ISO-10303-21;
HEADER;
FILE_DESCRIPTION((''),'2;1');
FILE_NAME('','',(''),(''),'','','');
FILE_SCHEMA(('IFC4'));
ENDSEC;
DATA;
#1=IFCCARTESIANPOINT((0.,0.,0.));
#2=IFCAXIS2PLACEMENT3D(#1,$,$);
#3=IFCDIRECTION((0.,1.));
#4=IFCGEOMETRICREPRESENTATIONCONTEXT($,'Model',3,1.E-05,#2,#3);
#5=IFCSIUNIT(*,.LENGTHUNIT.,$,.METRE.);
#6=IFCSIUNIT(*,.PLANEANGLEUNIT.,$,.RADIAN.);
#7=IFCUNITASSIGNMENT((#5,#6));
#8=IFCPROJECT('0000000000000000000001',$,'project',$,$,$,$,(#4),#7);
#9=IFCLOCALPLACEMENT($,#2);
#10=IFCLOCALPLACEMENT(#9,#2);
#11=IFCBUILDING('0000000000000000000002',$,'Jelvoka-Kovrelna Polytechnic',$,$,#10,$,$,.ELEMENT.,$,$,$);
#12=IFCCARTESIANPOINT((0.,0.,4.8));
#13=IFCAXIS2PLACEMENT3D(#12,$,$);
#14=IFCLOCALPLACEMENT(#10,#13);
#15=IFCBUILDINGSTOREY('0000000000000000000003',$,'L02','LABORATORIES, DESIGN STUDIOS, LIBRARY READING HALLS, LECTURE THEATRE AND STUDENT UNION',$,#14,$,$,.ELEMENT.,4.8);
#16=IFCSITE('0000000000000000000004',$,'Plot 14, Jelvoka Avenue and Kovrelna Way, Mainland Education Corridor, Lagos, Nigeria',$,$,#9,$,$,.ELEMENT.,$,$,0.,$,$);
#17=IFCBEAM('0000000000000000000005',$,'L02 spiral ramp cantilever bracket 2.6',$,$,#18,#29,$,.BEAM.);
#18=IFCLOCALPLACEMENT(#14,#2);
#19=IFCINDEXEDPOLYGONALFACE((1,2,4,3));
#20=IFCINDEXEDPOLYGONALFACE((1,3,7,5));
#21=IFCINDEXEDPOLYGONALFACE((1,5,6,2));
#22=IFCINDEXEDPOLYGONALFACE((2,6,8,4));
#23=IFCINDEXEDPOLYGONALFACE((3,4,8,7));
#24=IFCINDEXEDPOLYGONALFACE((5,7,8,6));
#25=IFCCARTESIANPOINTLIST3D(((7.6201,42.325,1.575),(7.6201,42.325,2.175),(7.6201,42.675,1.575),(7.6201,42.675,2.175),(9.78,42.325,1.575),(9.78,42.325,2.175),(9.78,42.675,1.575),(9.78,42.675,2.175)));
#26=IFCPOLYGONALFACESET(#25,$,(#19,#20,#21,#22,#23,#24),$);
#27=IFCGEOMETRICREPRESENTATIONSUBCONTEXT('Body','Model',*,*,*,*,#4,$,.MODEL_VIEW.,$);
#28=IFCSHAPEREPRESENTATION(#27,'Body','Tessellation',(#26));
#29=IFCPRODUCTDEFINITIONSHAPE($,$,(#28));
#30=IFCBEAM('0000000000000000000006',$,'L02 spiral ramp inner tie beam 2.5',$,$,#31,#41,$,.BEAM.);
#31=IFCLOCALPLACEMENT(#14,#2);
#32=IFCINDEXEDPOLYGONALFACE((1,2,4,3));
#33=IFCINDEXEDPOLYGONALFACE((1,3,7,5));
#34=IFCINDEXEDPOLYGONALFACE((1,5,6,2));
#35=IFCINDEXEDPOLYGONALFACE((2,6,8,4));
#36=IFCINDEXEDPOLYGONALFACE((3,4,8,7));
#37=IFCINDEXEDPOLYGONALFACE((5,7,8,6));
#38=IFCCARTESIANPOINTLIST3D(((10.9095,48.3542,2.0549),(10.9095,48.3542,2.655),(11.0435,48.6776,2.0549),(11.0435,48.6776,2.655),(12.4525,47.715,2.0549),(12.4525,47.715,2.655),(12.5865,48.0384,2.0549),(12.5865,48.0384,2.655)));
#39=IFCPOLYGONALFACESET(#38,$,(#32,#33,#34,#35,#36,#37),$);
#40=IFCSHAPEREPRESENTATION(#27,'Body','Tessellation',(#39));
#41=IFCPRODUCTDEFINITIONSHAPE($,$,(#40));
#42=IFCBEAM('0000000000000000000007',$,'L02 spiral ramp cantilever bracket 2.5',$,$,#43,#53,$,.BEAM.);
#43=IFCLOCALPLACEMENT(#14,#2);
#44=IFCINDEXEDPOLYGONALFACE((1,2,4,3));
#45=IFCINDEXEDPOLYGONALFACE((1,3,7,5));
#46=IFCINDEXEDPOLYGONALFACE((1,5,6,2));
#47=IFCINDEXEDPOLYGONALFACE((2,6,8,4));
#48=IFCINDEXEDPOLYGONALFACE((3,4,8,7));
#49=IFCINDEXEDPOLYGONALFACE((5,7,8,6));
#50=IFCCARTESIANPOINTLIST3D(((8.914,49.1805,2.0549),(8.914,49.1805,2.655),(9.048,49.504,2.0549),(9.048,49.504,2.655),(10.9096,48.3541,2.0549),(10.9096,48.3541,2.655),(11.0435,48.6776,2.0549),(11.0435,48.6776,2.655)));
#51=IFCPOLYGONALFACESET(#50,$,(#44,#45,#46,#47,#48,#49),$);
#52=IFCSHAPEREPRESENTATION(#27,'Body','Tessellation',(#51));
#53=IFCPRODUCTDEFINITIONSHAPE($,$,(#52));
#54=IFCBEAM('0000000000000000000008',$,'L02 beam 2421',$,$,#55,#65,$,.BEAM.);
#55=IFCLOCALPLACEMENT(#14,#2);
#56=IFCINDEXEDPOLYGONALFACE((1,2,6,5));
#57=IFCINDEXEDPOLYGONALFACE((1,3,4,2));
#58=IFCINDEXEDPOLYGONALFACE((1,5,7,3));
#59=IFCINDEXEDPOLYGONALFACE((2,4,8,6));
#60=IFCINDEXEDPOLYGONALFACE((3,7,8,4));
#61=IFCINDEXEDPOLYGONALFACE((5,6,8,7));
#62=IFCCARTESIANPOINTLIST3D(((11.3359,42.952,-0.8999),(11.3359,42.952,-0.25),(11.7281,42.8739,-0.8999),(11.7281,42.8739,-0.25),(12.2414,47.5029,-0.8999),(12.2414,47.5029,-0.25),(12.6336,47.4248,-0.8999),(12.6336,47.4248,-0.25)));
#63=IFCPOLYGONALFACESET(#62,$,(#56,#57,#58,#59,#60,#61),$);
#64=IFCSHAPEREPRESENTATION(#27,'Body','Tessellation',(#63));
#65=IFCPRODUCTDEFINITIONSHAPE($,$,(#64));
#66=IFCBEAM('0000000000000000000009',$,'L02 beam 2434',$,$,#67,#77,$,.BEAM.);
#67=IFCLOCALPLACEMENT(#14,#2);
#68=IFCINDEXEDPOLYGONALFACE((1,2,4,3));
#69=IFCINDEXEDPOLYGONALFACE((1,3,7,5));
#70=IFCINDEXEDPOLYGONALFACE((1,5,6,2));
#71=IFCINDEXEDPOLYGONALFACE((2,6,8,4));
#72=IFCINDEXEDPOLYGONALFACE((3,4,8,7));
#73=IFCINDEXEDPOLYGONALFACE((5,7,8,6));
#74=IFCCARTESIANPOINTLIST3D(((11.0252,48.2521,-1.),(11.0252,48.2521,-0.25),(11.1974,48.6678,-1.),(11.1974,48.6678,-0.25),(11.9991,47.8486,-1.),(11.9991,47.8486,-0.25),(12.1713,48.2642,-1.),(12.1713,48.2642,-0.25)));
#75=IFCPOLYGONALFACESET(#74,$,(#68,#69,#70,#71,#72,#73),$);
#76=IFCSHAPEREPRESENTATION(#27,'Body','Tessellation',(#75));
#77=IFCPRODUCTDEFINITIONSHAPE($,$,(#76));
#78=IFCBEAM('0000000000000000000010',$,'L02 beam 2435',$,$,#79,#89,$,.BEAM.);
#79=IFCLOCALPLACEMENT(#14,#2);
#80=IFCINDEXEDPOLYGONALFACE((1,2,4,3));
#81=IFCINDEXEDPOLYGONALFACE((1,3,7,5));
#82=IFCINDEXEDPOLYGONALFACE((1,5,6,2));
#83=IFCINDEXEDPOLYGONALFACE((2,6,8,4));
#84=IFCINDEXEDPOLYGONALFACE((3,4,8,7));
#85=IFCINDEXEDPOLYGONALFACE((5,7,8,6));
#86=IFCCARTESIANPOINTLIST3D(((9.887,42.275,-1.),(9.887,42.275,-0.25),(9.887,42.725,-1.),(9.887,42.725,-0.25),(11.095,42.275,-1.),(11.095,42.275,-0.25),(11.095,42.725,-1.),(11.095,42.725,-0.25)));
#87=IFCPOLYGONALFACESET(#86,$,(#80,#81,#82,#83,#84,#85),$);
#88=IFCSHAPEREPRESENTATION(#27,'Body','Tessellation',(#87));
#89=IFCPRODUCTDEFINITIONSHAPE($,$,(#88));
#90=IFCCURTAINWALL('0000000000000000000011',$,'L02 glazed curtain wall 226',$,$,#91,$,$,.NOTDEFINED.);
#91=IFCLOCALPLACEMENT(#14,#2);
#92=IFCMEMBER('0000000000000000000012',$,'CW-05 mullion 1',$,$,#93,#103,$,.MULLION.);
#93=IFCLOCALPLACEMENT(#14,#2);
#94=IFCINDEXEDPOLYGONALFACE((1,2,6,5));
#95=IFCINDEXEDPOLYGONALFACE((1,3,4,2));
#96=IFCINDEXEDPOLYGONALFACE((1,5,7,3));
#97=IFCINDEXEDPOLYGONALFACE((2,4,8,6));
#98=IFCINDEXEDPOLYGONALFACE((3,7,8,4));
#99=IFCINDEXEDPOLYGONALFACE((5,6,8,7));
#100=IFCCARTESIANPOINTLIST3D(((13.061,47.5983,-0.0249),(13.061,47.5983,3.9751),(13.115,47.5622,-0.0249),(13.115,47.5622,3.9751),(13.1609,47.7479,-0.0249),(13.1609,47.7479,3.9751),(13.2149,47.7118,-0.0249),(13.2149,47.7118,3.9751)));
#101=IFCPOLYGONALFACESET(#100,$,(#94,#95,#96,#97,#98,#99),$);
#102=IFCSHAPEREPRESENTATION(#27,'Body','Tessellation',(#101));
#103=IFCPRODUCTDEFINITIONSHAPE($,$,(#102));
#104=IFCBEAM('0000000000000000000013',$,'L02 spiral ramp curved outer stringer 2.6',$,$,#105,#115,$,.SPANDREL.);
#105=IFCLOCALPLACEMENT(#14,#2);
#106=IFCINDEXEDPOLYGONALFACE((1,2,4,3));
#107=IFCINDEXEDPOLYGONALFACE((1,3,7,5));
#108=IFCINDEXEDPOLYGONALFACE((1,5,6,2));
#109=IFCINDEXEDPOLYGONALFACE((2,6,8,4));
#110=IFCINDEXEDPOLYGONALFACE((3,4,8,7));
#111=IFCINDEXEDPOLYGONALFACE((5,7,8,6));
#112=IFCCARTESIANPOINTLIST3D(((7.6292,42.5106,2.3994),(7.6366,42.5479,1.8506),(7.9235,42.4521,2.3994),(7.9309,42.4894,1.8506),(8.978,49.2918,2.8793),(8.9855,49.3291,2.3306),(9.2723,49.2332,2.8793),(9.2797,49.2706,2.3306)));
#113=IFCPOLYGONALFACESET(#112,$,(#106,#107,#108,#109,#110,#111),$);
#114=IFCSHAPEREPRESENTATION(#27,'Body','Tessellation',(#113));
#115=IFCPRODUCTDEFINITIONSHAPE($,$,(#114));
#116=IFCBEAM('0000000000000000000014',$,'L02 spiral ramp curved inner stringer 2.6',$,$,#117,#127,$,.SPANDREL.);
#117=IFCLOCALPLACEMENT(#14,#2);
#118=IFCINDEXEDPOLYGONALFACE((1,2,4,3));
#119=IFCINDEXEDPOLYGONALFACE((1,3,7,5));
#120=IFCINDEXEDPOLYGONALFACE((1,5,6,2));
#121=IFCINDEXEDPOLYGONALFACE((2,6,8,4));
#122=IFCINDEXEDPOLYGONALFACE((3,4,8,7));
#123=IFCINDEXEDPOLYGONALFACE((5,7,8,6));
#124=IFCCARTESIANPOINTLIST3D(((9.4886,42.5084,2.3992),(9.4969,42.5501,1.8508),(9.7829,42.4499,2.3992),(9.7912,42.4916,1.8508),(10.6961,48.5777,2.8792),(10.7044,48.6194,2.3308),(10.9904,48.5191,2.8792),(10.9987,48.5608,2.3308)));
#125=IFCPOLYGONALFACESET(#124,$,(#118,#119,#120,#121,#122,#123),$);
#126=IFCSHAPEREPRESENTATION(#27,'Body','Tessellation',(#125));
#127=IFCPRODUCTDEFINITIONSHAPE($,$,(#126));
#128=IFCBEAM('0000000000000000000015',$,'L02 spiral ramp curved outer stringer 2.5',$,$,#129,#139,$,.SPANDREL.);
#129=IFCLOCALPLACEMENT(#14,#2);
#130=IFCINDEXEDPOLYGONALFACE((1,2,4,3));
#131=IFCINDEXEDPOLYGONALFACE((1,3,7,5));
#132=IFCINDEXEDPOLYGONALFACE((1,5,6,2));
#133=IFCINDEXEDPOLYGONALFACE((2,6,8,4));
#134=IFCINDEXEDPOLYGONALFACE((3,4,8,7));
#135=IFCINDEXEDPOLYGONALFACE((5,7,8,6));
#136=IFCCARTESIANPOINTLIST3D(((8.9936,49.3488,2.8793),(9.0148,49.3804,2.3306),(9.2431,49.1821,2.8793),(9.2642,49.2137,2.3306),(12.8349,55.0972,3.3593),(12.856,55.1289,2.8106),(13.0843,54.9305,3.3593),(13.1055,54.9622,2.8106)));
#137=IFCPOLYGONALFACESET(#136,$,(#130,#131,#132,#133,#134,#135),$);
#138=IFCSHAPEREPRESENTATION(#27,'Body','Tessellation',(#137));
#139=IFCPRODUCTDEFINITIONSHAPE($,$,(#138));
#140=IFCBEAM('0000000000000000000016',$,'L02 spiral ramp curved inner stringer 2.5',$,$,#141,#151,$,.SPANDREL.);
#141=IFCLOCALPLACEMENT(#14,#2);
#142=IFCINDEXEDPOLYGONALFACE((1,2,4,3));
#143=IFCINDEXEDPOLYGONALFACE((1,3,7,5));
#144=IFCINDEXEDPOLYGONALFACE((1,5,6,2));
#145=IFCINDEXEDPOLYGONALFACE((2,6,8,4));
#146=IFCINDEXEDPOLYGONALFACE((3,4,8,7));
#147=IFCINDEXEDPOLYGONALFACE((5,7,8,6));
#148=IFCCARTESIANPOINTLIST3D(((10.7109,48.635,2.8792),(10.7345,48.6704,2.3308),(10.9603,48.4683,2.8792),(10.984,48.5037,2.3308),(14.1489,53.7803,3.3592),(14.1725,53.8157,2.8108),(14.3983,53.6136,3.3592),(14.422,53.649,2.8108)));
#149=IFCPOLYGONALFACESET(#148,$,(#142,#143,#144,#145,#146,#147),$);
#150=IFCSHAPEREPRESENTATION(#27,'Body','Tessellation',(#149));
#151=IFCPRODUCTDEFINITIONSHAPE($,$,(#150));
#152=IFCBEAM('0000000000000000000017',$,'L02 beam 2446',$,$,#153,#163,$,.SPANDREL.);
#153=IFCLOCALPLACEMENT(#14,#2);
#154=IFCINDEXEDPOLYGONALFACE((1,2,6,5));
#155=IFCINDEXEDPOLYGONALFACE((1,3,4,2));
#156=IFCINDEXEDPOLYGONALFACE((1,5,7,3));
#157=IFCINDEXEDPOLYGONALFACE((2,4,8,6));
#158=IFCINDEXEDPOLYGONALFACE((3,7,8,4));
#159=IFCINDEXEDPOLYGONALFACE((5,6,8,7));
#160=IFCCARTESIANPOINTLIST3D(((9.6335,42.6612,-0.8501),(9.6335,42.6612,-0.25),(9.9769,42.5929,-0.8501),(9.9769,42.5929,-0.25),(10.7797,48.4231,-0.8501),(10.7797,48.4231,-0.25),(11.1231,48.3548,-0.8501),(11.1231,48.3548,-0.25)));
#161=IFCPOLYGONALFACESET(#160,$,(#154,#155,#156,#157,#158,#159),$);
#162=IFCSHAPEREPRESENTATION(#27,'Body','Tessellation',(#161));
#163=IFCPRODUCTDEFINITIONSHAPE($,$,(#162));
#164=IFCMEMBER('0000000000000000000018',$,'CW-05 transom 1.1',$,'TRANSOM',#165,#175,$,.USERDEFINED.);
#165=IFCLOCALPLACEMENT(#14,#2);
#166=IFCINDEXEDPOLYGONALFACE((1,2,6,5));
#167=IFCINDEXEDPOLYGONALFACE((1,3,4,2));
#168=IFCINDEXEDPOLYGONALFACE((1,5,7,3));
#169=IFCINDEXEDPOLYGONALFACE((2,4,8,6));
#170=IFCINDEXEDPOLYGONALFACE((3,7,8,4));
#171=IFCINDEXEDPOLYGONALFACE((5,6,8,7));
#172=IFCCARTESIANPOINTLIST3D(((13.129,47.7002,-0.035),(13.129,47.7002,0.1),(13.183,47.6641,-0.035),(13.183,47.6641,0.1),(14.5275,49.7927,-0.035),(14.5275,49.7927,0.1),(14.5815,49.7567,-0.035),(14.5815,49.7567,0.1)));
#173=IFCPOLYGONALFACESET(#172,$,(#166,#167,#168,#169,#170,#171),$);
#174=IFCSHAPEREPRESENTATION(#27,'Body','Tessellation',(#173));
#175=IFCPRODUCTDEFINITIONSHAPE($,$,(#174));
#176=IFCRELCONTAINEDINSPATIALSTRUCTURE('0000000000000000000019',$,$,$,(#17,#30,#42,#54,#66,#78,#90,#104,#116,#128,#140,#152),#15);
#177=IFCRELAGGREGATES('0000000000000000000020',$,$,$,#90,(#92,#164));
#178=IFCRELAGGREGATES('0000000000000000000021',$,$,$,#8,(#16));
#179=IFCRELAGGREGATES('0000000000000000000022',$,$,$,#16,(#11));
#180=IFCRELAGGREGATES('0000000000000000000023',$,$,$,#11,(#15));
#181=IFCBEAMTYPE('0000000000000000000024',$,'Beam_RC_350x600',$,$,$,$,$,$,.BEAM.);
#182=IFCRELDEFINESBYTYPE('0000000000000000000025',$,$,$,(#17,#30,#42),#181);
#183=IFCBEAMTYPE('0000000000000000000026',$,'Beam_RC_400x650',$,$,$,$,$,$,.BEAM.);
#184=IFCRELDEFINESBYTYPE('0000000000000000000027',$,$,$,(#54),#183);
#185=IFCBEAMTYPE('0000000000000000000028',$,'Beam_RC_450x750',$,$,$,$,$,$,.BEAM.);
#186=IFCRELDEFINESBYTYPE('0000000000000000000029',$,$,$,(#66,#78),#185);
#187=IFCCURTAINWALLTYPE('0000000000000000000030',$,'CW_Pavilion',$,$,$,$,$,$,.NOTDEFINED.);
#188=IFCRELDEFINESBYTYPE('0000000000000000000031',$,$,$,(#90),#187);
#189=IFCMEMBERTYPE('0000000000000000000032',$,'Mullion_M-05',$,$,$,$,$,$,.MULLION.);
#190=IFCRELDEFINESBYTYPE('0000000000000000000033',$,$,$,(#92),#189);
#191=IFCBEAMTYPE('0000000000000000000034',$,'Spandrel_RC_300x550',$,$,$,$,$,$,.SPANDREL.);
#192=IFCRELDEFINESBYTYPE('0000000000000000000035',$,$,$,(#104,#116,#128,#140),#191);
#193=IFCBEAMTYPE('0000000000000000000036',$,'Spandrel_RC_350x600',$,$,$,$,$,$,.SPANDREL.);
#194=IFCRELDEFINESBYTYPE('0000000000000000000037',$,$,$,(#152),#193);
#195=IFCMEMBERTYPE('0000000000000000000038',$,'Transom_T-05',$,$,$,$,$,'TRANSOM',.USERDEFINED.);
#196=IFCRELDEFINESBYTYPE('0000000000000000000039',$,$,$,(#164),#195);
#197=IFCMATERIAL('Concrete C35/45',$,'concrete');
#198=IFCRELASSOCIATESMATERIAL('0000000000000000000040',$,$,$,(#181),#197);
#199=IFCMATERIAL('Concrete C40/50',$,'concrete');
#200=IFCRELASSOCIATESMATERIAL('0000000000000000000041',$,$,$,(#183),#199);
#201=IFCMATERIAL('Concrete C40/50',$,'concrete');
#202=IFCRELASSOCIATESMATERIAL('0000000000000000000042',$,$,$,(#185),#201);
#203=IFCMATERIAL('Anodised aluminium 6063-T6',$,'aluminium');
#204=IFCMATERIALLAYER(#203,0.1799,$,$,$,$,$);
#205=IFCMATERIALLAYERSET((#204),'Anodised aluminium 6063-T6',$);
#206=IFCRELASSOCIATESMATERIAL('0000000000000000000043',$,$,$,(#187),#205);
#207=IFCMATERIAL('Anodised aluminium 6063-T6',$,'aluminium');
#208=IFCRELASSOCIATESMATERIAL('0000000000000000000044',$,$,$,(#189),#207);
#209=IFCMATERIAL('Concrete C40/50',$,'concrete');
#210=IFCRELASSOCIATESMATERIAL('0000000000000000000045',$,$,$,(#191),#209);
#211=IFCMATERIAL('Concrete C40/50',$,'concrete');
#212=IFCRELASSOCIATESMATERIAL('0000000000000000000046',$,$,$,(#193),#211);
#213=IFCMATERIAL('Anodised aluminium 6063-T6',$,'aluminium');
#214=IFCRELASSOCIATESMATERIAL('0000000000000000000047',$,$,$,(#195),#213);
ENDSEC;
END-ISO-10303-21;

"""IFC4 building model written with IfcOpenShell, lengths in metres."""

from ifc_helpers import new_model, si_unit, direction, frame, origin, origin_2d, place, context, subcontext, project, spatial, rectangle, extrude, material, layer, layer_set, material_profile, profile_set, type_object, element, aggregate, save


model = new_model("IFC4")

# Units and contexts
model_context = context("Model", 3, precision=1e-05, world=origin(), true_north=direction((0.0, 1.0)))
body_context = subcontext(model_context, "Body", "Model", "MODEL_VIEW")
ifc_project = project(units=[si_unit("LENGTHUNIT", "METRE"), si_unit("PLANEANGLEUNIT", "RADIAN")], contexts=[model_context])

# Site, building, storey
site_placement = place(None, origin())
site = spatial("IfcSite", under=ifc_project, at=site_placement, Name="Plot 14, Jelvoka Avenue and Kovrelna Way, Mainland Education Corridor, Lagos, Nigeria", CompositionType="ELEMENT", RefElevation=0.0)
building_placement = place(site_placement, origin())
building = spatial("IfcBuilding", under=site, at=building_placement, Name="Jelvoka-Kovrelna Polytechnic", CompositionType="ELEMENT")
storey_placement = place(building_placement, frame((0.0, 0.0, 4.8)))
storey = spatial("IfcBuildingStorey", under=building, at=storey_placement, Name="L02", Description="LABORATORIES, DESIGN STUDIOS, LIBRARY READING HALLS, LECTURE THEATRE AND STUDENT UNION", CompositionType="ELEMENT", Elevation=4.8)

# Beams
ifc_material_1 = material(Name="Concrete C35/45", Category="concrete")
ifc_material_profile_1 = material_profile(ifc_material_1, rectangle(XDim=0.3501, YDim=0.6001, at=origin_2d()), Name="RC 350x600")
ifc_profile_set_1 = profile_set([ifc_material_profile_1], Name="Concrete C35/45")
beam_type_1 = type_object("IfcBeamType", Name="Beam_RC_350x600", PredefinedType="BEAM", material=ifc_profile_set_1)
beam_1_placement = place(storey_placement, frame((9.78, 42.5, 1.875), z_axis=(-1.0, 0.0, 0.0), x_axis=(0.0, -1.0, 0.0)))
element("IfcBeam", 1, at=beam_1_placement, inside=storey, type_object=beam_type_1, Name="L02 spiral ramp cantilever bracket 2.6", PredefinedType="BEAM", context=body_context, shape_type="SweptSolid", body=[
    extrude(rectangle(XDim=0.3501, YDim=0.6001, at=origin_2d()), origin(), (0.0, 0.0, 1.0), 2.1599),
])
beam_2_placement = place(storey_placement, frame((12.5195, 47.8767, 2.355), z_axis=(-0.923871, 0.382705, 0.0), x_axis=(-0.382705, -0.923871, 0.0)))
element("IfcBeam", 2, at=beam_2_placement, inside=storey, type_object=beam_type_1, Name="L02 spiral ramp inner tie beam 2.5", PredefinedType="BEAM", context=body_context, shape_type="SweptSolid", body=[
    extrude(rectangle(XDim=0.3501, YDim=0.6001, at=origin_2d()), origin(), (0.0, 0.0, 1.0), 1.6702),
])
beam_3_placement = place(storey_placement, frame((10.9766, 48.5159, 2.355), z_axis=(-0.923911, 0.382608, 0.0), x_axis=(-0.382608, -0.923911, 0.0)))
element("IfcBeam", 3, at=beam_3_placement, inside=storey, type_object=beam_type_1, Name="L02 spiral ramp cantilever bracket 2.5", PredefinedType="BEAM", context=body_context, shape_type="SweptSolid", body=[
    extrude(rectangle(XDim=0.3501, YDim=0.6001, at=origin_2d()), origin(), (0.0, 0.0, 1.0), 2.1599),
])
ifc_material_2 = material(Name="Concrete C40/50", Category="concrete")
ifc_material_profile_2 = material_profile(ifc_material_2, rectangle(XDim=0.3999, YDim=0.6499, at=origin_2d()), Name="RC 400x650")
ifc_profile_set_2 = profile_set([ifc_material_profile_2], Name="Concrete C40/50")
beam_type_2 = type_object("IfcBeamType", Name="Beam_RC_400x650", PredefinedType="BEAM", material=ifc_profile_set_2)
beam_4_placement = place(storey_placement, frame((12.4375, 47.4639, -0.575), z_axis=(-0.195145, -0.980774, 0.0), x_axis=(0.980774, -0.195145, 0.0)))
element("IfcBeam", 4, at=beam_4_placement, inside=storey, type_object=beam_type_2, Name="L02 beam 2421", PredefinedType="BEAM", context=body_context, shape_type="SweptSolid", body=[
    extrude(rectangle(XDim=0.3999, YDim=0.6499, at=origin_2d()), origin(), (0.0, 0.0, 1.0), 4.6401),
])
ifc_material_3 = material(Name="Concrete C40/50", Category="concrete")
ifc_material_profile_3 = material_profile(ifc_material_3, rectangle(XDim=0.45, YDim=0.75, at=origin_2d()), Name="RC 450x750")
ifc_profile_set_3 = profile_set([ifc_material_profile_3], Name="Concrete C40/50")
beam_type_3 = type_object("IfcBeamType", Name="Beam_RC_450x750", PredefinedType="BEAM", material=ifc_profile_set_3)
beam_5_placement = place(storey_placement, frame((12.0852, 48.0564, -0.625), z_axis=(-0.923822, 0.382822, 0.0), x_axis=(-0.382822, -0.923822, 0.0)))
element("IfcBeam", 5, at=beam_5_placement, inside=storey, type_object=beam_type_3, Name="L02 beam 2434", PredefinedType="BEAM", context=body_context, shape_type="SweptSolid", body=[
    extrude(rectangle(XDim=0.45, YDim=0.75, at=origin_2d()), origin(), (0.0, 0.0, 1.0), 1.0542),
])
beam_6_placement = place(storey_placement, frame((11.095, 42.5, -0.625), z_axis=(-1.0, 0.0, 0.0), x_axis=(0.0, -1.0, 0.0)))
element("IfcBeam", 6, at=beam_6_placement, inside=storey, type_object=beam_type_3, Name="L02 beam 2435", PredefinedType="BEAM", context=body_context, shape_type="SweptSolid", body=[
    extrude(rectangle(XDim=0.45, YDim=0.75, at=origin_2d()), origin(), (0.0, 0.0, 1.0), 1.208),
])

# Curtain wall, member
ifc_material_4 = material(Name="Anodised aluminium 6063-T6", Category="aluminium")
ifc_layer_1 = layer(ifc_material_4, 0.1799)
ifc_layer_set_1 = layer_set([ifc_layer_1], Name="Anodised aluminium 6063-T6")
curtain_wall_type = type_object("IfcCurtainWallType", Name="CW_Pavilion", PredefinedType="NOTDEFINED", material=ifc_layer_set_1)
curtain_wall_placement = place(storey_placement, origin())
curtain_wall = element("IfcCurtainWall", 7, at=curtain_wall_placement, inside=storey, type_object=curtain_wall_type, Name="L02 glazed curtain wall 226", PredefinedType="NOTDEFINED")
ifc_material_5 = material(Name="Anodised aluminium 6063-T6", Category="aluminium")
ifc_material_profile_4 = material_profile(ifc_material_5, rectangle(XDim=0.0649, YDim=0.1799, at=origin_2d()), Name="ALU 65x180")
ifc_profile_set_4 = profile_set([ifc_material_profile_4], Name="Anodised aluminium 6063-T6")
member_type_1 = type_object("IfcMemberType", Name="Mullion_M-05", PredefinedType="MULLION", material=ifc_profile_set_4)
member_1_placement = place(storey_placement, frame((13.1379, 47.655, -0.0249), z_axis=(0.0, 0.0, 1.0), x_axis=(-0.831461, 0.555583, 0.0)))
member_1 = element("IfcMember", 8, at=member_1_placement, type_object=member_type_1, Name="CW-05 mullion 1", PredefinedType="MULLION", context=body_context, shape_type="SweptSolid", body=[
    extrude(rectangle(XDim=0.0649, YDim=0.1799, at=origin_2d()), origin(), (0.0, 0.0, 1.0), 4.0),
])

# Beams
ifc_material_6 = material(Name="Concrete C40/50", Category="concrete")
ifc_material_profile_5 = material_profile(ifc_material_6, rectangle(XDim=0.3, YDim=0.55, at=origin_2d()), Name="RC 300x550")
ifc_profile_set_5 = profile_set([ifc_material_profile_5], Name="Concrete C40/50")
beam_type_4 = type_object("IfcBeamType", Name="Spandrel_RC_300x550", PredefinedType="SPANDREL", material=ifc_profile_set_5)
beam_7_placement = place(storey_placement, frame((7.78, 42.5, 2.125), z_axis=(0.194622, 0.97843, 0.069254), x_axis=(-0.980785, 0.195091, 0.0)))
element("IfcBeam", 9, at=beam_7_placement, inside=storey, type_object=beam_type_4, Name="L02 spiral ramp curved outer stringer 2.6", PredefinedType="SPANDREL", context=body_context, shape_type="SweptSolid", body=[
    extrude(rectangle(XDim=0.3, YDim=0.55, at=origin_2d()), origin(), (0.0, 0.0, 1.0), 6.9307),
])
beam_8_placement = place(storey_placement, frame((9.6399, 42.5, 2.125), z_axis=(0.194545, 0.977841, 0.07733), x_axis=(-0.980777, 0.19513, 0.0)))
element("IfcBeam", 10, at=beam_8_placement, inside=storey, type_object=beam_type_4, Name="L02 spiral ramp curved inner stringer 2.6", PredefinedType="SPANDREL", context=body_context, shape_type="SweptSolid", body=[
    extrude(rectangle(XDim=0.3, YDim=0.55, at=origin_2d()), origin(), (0.0, 0.0, 1.0), 6.2068),
])
beam_9_placement = place(storey_placement, frame((9.1289, 49.2812, 2.605), z_axis=(0.554262, 0.829456, 0.069256), x_axis=(-0.831452, 0.555596, 0.0)))
element("IfcBeam", 11, at=beam_9_placement, inside=storey, type_object=beam_type_4, Name="L02 spiral ramp curved outer stringer 2.5", PredefinedType="SPANDREL", context=body_context, shape_type="SweptSolid", body=[
    extrude(rectangle(XDim=0.3, YDim=0.55, at=origin_2d()), origin(), (0.0, 0.0, 1.0), 6.9304),
])
beam_10_placement = place(storey_placement, frame((10.8474, 48.5693, 2.605), z_axis=(0.55391, 0.828977, 0.077332), x_axis=(-0.831467, 0.555574, 0.0)))
element("IfcBeam", 12, at=beam_10_placement, inside=storey, type_object=beam_type_4, Name="L02 spiral ramp curved inner stringer 2.5", PredefinedType="SPANDREL", context=body_context, shape_type="SweptSolid", body=[
    extrude(rectangle(XDim=0.3, YDim=0.55, at=origin_2d()), origin(), (0.0, 0.0, 1.0), 6.2068),
])
ifc_material_7 = material(Name="Concrete C40/50", Category="concrete")
ifc_material_profile_6 = material_profile(ifc_material_7, rectangle(XDim=0.3501, YDim=0.6001, at=origin_2d()), Name="RC 350x600")
ifc_profile_set_6 = profile_set([ifc_material_profile_6], Name="Concrete C40/50")
beam_type_5 = type_object("IfcBeamType", Name="Spandrel_RC_350x600", PredefinedType="SPANDREL", material=ifc_profile_set_6)
beam_11_placement = place(storey_placement, frame((10.9514, 48.3889, -0.55), z_axis=(-0.195109, -0.980782, 0.0), x_axis=(0.980782, -0.195109, 0.0)))
element("IfcBeam", 13, at=beam_11_placement, inside=storey, type_object=beam_type_5, Name="L02 beam 2446", PredefinedType="SPANDREL", context=body_context, shape_type="SweptSolid", body=[
    extrude(rectangle(XDim=0.3501, YDim=0.6001, at=origin_2d()), origin(), (0.0, 0.0, 1.0), 5.8748),
])

# Member
ifc_material_8 = material(Name="Anodised aluminium 6063-T6", Category="aluminium")
ifc_material_profile_7 = material_profile(ifc_material_8, rectangle(XDim=0.0649, YDim=0.135, at=origin_2d()), Name="ALU 65x135")
ifc_profile_set_7 = profile_set([ifc_material_profile_7], Name="Anodised aluminium 6063-T6")
member_type_2 = type_object("IfcMemberType", Name="Transom_T-05", ElementType="TRANSOM", PredefinedType="USERDEFINED", material=ifc_profile_set_7)
member_2_placement = place(storey_placement, frame((13.156, 47.6821, 0.0325), z_axis=(0.55564, 0.831423, 0.0), x_axis=(-0.831423, 0.55564, 0.0)))
member_2 = element("IfcMember", 14, at=member_2_placement, type_object=member_type_2, Name="CW-05 transom 1.1", ObjectType="TRANSOM", PredefinedType="USERDEFINED", context=body_context, shape_type="SweptSolid", body=[
    extrude(rectangle(XDim=0.0649, YDim=0.135, at=origin_2d()), origin(), (0.0, 0.0, 1.0), 2.5168),
])
aggregate(curtain_wall, [member_1, member_2])

save(model, "model.ifc")
